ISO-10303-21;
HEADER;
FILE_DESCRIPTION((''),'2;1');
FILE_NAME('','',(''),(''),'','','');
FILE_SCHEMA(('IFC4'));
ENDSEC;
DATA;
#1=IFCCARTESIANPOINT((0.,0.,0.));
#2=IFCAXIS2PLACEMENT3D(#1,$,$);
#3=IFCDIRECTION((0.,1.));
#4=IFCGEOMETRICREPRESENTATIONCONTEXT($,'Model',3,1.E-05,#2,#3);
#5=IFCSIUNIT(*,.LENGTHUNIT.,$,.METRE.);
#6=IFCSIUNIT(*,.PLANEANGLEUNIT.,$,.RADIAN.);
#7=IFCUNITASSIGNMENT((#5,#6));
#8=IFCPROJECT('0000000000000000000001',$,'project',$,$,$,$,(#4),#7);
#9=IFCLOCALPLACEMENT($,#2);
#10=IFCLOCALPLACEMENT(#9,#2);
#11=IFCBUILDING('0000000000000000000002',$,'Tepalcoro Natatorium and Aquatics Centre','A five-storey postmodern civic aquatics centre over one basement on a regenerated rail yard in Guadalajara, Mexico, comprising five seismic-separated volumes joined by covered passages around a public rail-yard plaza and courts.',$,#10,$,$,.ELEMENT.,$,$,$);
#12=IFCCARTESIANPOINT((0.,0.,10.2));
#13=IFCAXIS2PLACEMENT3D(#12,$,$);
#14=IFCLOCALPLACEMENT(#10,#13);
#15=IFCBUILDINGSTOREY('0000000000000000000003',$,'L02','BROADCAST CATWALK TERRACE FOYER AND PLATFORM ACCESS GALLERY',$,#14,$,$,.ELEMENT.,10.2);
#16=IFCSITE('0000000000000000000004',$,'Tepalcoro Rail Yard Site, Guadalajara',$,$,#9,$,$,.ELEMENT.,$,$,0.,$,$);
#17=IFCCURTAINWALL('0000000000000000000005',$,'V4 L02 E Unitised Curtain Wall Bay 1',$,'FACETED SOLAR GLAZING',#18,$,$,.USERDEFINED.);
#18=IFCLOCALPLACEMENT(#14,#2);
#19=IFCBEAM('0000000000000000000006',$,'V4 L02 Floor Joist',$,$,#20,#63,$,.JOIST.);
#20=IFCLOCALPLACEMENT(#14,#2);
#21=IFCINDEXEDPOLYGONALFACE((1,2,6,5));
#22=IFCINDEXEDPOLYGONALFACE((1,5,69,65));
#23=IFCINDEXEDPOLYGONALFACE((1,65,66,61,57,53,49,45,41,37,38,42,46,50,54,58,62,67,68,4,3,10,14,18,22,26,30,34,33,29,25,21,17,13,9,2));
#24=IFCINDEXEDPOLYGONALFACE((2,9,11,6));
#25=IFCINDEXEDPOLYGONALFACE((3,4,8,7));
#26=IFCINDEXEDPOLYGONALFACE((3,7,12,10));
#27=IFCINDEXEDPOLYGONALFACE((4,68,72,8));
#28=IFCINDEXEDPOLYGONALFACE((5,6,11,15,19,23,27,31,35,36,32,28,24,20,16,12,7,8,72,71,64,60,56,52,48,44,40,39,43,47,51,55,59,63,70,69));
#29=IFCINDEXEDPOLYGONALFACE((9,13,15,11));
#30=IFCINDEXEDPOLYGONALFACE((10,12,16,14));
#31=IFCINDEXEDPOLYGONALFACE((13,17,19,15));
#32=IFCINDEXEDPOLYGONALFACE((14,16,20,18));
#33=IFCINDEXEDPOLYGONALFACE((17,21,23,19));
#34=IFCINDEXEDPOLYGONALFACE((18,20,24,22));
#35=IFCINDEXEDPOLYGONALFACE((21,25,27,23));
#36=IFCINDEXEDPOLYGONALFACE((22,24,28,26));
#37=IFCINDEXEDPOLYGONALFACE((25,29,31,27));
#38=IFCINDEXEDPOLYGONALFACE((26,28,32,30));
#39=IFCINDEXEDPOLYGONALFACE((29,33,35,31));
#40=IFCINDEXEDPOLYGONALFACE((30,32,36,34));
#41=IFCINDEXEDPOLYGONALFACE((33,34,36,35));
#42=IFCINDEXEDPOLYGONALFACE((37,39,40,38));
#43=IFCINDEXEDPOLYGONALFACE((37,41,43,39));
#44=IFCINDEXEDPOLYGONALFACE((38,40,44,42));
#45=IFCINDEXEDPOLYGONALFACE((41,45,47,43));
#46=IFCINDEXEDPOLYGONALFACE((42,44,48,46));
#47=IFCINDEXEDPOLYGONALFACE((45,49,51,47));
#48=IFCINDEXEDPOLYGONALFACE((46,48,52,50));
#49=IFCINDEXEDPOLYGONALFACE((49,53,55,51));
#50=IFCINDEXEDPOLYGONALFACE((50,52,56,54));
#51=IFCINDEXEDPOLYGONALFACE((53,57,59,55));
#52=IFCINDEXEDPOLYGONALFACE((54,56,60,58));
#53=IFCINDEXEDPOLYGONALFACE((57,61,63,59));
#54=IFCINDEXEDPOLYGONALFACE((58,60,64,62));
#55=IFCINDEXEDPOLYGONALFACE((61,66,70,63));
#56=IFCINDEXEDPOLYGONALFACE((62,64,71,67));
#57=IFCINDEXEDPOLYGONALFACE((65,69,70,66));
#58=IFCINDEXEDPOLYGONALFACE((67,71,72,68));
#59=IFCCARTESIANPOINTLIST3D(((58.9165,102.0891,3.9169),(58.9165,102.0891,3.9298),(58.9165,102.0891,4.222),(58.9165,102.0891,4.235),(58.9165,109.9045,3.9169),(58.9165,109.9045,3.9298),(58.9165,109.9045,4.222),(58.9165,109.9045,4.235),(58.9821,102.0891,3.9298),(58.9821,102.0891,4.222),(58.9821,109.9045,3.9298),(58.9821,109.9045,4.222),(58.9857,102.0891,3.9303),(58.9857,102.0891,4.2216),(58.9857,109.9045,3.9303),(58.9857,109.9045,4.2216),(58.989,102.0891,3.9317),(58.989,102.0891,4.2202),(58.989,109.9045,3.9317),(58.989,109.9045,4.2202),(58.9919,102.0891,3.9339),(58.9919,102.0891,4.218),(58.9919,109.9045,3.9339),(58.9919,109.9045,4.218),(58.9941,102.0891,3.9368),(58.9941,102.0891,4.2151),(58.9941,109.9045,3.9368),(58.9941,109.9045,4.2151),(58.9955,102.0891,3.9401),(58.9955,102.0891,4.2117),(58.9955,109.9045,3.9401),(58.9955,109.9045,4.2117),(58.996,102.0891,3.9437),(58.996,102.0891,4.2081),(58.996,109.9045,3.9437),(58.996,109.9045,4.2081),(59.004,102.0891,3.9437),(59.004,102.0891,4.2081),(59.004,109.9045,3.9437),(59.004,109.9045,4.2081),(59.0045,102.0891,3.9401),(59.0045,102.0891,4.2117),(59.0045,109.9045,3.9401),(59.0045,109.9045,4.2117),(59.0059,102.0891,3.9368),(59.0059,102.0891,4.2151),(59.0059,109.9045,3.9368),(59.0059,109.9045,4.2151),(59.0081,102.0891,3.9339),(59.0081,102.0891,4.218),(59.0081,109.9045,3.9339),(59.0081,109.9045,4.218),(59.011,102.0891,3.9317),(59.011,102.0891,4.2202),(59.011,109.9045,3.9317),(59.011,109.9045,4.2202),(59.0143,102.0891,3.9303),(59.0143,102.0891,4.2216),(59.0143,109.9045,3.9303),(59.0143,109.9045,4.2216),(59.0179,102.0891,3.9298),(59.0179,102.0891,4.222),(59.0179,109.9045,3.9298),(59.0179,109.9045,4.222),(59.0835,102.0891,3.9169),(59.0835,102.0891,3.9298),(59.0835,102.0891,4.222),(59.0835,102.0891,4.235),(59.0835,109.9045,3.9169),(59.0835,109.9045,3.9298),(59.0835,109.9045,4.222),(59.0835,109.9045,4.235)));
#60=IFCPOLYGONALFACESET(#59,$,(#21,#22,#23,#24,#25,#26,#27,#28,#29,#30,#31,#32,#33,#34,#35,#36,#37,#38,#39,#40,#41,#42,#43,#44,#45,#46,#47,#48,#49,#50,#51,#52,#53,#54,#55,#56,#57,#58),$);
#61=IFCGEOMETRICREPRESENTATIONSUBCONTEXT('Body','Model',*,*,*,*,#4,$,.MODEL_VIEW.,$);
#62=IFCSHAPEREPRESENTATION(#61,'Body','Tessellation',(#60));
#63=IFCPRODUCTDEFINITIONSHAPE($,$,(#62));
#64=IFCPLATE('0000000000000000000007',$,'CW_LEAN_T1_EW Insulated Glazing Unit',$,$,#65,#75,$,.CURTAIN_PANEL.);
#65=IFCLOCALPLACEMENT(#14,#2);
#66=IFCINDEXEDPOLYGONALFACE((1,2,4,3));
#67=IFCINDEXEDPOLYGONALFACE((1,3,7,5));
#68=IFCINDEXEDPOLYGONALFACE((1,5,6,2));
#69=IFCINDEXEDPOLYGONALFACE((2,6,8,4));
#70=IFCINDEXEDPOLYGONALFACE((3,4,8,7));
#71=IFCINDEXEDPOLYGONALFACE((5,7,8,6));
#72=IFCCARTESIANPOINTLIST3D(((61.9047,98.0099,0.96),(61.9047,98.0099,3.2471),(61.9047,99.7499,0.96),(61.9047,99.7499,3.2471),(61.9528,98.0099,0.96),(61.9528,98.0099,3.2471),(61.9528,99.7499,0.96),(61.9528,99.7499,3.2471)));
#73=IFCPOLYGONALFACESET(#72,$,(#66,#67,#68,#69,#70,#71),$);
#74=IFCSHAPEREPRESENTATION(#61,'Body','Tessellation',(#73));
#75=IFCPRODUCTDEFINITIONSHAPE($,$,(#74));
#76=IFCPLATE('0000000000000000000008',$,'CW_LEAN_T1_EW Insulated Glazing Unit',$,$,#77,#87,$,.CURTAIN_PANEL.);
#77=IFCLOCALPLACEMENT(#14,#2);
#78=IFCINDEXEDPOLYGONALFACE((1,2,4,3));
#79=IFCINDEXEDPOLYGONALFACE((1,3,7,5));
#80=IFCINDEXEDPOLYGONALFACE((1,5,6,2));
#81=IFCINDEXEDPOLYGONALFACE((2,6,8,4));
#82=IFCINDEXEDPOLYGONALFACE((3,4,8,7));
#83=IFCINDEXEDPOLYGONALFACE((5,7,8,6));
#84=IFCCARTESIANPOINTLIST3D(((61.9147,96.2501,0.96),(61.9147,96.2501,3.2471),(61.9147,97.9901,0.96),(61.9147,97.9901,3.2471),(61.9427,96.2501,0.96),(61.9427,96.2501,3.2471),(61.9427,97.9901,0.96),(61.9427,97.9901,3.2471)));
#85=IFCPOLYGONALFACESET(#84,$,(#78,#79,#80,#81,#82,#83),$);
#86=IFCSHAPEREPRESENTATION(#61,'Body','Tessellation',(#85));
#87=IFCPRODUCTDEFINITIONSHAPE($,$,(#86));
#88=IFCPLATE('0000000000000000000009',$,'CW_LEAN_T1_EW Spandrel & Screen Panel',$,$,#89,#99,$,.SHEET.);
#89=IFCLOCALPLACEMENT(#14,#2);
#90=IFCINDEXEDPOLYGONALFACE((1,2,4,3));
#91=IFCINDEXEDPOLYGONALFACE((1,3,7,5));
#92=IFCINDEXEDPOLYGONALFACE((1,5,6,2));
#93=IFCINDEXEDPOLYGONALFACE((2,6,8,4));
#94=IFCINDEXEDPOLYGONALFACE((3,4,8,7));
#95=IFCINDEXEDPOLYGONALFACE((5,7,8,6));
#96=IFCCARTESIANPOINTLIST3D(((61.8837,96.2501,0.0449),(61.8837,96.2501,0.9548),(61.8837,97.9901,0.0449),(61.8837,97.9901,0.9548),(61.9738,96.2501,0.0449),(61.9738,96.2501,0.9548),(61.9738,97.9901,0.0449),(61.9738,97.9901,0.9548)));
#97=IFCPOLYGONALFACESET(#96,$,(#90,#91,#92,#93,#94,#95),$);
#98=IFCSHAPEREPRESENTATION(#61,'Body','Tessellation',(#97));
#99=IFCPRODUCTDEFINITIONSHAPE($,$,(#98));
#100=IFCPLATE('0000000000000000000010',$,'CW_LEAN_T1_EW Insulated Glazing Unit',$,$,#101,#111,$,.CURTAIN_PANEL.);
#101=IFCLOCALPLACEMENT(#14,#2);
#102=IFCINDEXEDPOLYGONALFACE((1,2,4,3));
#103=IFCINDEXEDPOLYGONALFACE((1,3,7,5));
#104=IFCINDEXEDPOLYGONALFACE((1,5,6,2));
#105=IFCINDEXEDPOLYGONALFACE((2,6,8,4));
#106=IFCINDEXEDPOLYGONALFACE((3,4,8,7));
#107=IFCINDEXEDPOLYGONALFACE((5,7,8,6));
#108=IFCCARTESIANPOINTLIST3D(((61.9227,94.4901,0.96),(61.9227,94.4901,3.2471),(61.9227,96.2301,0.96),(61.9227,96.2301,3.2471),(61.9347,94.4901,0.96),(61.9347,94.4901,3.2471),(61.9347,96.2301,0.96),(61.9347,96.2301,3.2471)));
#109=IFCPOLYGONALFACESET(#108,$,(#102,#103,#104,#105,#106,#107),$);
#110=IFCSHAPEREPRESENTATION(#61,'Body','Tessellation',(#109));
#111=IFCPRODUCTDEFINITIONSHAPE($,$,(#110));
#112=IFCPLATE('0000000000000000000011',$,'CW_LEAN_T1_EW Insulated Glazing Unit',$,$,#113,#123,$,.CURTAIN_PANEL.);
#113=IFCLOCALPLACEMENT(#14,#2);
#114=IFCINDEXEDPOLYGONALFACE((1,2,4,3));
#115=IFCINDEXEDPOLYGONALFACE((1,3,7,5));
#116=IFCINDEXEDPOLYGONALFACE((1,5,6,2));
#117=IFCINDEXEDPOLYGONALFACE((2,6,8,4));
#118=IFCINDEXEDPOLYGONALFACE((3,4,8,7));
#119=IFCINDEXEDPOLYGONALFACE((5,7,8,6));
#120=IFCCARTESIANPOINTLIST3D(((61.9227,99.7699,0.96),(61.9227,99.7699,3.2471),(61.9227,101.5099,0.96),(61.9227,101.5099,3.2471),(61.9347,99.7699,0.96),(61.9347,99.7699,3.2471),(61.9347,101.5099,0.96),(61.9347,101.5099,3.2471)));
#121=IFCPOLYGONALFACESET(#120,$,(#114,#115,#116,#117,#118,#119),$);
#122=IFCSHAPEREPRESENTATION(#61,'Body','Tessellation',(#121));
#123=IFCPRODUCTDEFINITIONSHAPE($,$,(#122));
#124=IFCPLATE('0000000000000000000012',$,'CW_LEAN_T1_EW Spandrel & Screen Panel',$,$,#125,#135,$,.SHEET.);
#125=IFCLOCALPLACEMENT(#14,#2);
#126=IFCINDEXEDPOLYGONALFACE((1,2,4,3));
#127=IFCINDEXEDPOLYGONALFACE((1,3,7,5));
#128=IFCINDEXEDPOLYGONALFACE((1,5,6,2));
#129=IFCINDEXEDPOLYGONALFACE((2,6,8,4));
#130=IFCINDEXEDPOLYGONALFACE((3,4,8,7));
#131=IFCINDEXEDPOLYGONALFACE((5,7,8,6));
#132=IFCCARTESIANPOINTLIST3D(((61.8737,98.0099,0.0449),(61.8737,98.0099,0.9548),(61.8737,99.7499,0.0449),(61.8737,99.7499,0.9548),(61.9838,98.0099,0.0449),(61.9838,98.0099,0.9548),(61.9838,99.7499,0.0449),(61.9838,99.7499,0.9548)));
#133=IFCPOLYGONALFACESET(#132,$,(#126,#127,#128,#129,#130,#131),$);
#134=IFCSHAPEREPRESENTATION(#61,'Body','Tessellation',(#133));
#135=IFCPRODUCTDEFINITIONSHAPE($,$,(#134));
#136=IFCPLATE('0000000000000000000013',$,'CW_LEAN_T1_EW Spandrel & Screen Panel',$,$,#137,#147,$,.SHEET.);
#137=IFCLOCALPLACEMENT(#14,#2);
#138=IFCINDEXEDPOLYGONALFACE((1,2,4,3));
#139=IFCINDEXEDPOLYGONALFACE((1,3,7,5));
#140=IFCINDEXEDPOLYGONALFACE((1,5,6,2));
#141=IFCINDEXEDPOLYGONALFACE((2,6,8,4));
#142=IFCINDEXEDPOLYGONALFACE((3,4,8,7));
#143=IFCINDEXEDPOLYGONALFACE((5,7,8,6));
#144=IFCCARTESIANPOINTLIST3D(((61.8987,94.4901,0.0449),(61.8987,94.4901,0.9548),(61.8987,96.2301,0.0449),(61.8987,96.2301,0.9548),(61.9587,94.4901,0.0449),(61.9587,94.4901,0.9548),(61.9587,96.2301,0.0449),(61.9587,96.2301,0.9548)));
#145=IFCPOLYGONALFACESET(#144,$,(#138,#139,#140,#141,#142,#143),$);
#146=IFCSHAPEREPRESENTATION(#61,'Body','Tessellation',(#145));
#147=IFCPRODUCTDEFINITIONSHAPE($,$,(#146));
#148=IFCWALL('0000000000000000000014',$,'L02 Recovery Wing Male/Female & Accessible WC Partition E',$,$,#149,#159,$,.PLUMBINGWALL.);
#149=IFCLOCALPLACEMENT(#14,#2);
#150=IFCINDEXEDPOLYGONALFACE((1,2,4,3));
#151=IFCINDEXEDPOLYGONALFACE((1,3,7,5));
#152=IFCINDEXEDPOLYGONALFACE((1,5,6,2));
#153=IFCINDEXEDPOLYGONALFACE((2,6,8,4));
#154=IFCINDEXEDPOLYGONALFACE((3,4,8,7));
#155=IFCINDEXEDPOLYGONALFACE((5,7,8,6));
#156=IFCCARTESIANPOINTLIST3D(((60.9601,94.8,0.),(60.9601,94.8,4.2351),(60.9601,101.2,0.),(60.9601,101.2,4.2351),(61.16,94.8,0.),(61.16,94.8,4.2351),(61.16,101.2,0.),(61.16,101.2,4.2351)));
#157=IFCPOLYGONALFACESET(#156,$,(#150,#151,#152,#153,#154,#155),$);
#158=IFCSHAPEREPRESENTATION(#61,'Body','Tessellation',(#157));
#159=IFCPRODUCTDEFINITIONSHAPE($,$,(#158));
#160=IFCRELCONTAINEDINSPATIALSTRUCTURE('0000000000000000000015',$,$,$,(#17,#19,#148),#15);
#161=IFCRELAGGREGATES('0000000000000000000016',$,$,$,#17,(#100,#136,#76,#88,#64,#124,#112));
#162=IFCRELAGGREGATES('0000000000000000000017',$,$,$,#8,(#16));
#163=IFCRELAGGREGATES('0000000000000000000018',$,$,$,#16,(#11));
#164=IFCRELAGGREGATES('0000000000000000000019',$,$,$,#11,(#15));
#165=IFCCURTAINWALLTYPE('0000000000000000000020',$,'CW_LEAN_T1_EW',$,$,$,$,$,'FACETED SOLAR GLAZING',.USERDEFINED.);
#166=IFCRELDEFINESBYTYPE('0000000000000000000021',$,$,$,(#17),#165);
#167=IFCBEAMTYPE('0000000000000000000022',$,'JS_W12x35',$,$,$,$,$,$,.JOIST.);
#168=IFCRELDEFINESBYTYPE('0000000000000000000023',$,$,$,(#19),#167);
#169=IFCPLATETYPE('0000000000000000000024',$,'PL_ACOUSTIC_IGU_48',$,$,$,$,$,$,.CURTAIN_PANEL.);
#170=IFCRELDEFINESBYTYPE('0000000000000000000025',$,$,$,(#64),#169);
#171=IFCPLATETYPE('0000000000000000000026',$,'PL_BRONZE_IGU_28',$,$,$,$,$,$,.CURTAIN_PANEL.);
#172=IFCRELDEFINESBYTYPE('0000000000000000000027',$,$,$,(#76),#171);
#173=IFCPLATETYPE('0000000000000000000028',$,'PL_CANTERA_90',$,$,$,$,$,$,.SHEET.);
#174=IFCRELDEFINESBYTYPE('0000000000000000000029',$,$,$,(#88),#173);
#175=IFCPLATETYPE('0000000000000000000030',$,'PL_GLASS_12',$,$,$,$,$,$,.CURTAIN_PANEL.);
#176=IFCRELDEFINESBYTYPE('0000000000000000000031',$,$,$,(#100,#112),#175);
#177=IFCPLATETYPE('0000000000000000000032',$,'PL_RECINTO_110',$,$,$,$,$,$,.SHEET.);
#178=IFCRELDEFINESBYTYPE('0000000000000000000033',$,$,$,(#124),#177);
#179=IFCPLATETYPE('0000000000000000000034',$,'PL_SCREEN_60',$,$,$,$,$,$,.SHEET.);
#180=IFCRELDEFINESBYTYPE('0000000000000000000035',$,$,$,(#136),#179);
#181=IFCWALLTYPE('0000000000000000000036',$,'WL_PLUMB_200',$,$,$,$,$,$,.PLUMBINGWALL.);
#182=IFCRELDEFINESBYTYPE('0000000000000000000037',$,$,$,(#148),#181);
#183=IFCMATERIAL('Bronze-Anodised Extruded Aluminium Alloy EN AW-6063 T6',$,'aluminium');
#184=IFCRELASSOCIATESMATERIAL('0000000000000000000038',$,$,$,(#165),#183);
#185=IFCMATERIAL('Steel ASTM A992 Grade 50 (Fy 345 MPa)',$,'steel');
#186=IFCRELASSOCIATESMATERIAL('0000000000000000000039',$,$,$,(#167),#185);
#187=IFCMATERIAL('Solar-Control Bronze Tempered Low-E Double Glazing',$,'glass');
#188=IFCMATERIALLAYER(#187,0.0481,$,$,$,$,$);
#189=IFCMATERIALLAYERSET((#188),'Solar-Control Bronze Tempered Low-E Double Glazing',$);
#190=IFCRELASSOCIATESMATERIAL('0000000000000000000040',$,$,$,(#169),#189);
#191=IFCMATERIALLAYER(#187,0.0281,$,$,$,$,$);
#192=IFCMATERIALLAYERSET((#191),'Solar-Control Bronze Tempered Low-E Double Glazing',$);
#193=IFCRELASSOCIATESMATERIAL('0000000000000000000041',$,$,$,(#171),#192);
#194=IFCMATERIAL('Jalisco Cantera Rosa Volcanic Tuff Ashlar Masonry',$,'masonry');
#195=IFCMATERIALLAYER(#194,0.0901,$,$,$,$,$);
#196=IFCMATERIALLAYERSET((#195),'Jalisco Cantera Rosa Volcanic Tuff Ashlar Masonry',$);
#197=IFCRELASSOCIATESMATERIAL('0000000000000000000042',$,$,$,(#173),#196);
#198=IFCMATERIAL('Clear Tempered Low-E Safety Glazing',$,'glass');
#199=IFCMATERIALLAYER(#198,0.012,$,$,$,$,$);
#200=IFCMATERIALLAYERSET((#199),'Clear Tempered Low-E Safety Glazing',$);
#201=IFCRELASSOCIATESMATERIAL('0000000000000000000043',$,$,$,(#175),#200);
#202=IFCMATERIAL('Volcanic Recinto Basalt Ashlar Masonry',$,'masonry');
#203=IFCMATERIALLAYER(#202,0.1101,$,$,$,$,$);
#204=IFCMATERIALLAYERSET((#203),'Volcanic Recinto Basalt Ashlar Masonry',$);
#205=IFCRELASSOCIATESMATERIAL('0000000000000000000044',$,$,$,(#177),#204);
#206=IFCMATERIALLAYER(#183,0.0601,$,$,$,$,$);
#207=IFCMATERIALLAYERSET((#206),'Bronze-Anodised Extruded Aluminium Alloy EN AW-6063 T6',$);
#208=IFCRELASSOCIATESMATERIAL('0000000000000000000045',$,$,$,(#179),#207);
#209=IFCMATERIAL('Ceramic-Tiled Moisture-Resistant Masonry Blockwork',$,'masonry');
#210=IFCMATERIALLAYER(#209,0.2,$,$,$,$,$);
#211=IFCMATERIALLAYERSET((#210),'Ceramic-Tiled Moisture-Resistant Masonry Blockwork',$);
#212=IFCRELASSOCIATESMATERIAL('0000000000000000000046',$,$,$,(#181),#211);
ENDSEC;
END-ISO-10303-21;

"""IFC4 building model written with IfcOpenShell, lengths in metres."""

from ifc_helpers import new_model, si_unit, direction, frame, frame_2d, origin, origin_2d, place, context, subcontext, project, spatial, rectangle, i_section, extrude, material, layer, layer_set, material_profile, profile_set, type_object, element, aggregate, save


model = new_model("IFC4")

# Units and contexts
model_context = context("Model", 3, precision=1e-05, world=origin(), true_north=direction((0.0, 1.0)))
body_context = subcontext(model_context, "Body", "Model", "MODEL_VIEW")
ifc_project = project(units=[si_unit("LENGTHUNIT", "METRE"), si_unit("PLANEANGLEUNIT", "RADIAN")], contexts=[model_context])

# Site, building, storey
site_placement = place(None, origin())
site = spatial("IfcSite", under=ifc_project, at=site_placement, Name="Tepalcoro Rail Yard Site, Guadalajara", CompositionType="ELEMENT", RefElevation=0.0)
building_placement = place(site_placement, origin())
building = spatial("IfcBuilding", under=site, at=building_placement, Name="Tepalcoro Natatorium and Aquatics Centre", Description="A five-storey postmodern civic aquatics centre over one basement on a regenerated rail yard in Guadalajara, Mexico, comprising five seismic-separated volumes joined by covered passages around a public rail-yard plaza and courts.", CompositionType="ELEMENT")
storey_placement = place(building_placement, frame((0.0, 0.0, 10.2)))
storey = spatial("IfcBuildingStorey", under=building, at=storey_placement, Name="L02", Description="BROADCAST CATWALK TERRACE FOYER AND PLATFORM ACCESS GALLERY", CompositionType="ELEMENT", Elevation=10.2)

# Curtain wall
ifc_material_1 = material(Name="Bronze-Anodised Extruded Aluminium Alloy EN AW-6063 T6", Category="aluminium")
curtain_wall_type = type_object("IfcCurtainWallType", Name="CW_LEAN_T1_EW", ElementType="FACETED SOLAR GLAZING", PredefinedType="USERDEFINED", material=ifc_material_1)
curtain_wall_placement = place(storey_placement, origin())
curtain_wall = element("IfcCurtainWall", 1, at=curtain_wall_placement, inside=storey, type_object=curtain_wall_type, Name="V4 L02 E Unitised Curtain Wall Bay 1", ObjectType="FACETED SOLAR GLAZING", PredefinedType="USERDEFINED")

# Beam
ifc_material_2 = material(Name="Steel ASTM A992 Grade 50 (Fy 345 MPa)", Category="steel")
ifc_material_profile_1 = material_profile(ifc_material_2, i_section(OverallWidth=0.167, OverallDepth=0.3181, WebThickness=0.0081, FlangeThickness=0.0129, FilletRadius=0.0139, at=origin_2d()), Name="W12X35")
ifc_profile_set_1 = profile_set([ifc_material_profile_1], Name="Steel ASTM A992 Grade 50 (Fy 345 MPa)")
beam_type_1 = type_object("IfcBeamType", Name="JS_W12x35", PredefinedType="JOIST", material=ifc_profile_set_1)
beam_1_placement = place(storey_placement, frame((59.0, 102.0891, 4.0759), z_axis=(0.0, 1.0, 0.0), x_axis=(-1.0, 0.0, 0.0)))
element("IfcBeam", 2, at=beam_1_placement, inside=storey, type_object=beam_type_1, Name="V4 L02 Floor Joist", PredefinedType="JOIST", context=body_context, shape_type="SweptSolid", body=[
    extrude(i_section(OverallWidth=0.167, OverallDepth=0.3181, WebThickness=0.0081, FlangeThickness=0.0129, FilletRadius=0.0139, at=origin_2d()), origin(), (0.0, 0.0, 1.0), 7.8154),
])

# Plates
ifc_material_3 = material(Name="Solar-Control Bronze Tempered Low-E Double Glazing", Category="glass")
ifc_layer_1 = layer(ifc_material_3, 0.0481)
ifc_layer_set_1 = layer_set([ifc_layer_1], Name="Solar-Control Bronze Tempered Low-E Double Glazing")
plate_type_1 = type_object("IfcPlateType", Name="PL_ACOUSTIC_IGU_48", PredefinedType="CURTAIN_PANEL", material=ifc_layer_set_1)
plate_1_placement = place(storey_placement, frame((61.9287, 98.8799, 0.96), z_axis=(0.0, 0.0, 1.0), x_axis=(1.0, 0.0, 0.0)))
plate_1 = element("IfcPlate", 3, at=plate_1_placement, type_object=plate_type_1, Name="CW_LEAN_T1_EW Insulated Glazing Unit", PredefinedType="CURTAIN_PANEL", context=body_context, shape_type="SweptSolid", body=[
    extrude(rectangle(XDim=0.0481, YDim=1.74, at=origin_2d()), origin(), (0.0, 0.0, 1.0), 2.2871),
])
ifc_layer_2 = layer(ifc_material_3, 0.0281)
ifc_layer_set_2 = layer_set([ifc_layer_2], Name="Solar-Control Bronze Tempered Low-E Double Glazing")
plate_type_2 = type_object("IfcPlateType", Name="PL_BRONZE_IGU_28", PredefinedType="CURTAIN_PANEL", material=ifc_layer_set_2)
plate_2_placement = place(storey_placement, frame((61.9287, 97.1201, 0.96), z_axis=(0.0, 0.0, 1.0), x_axis=(1.0, 0.0, 0.0)))
plate_2 = element("IfcPlate", 4, at=plate_2_placement, type_object=plate_type_2, Name="CW_LEAN_T1_EW Insulated Glazing Unit", PredefinedType="CURTAIN_PANEL", context=body_context, shape_type="SweptSolid", body=[
    extrude(rectangle(XDim=0.0281, YDim=1.74, at=origin_2d()), origin(), (0.0, 0.0, 1.0), 2.2871),
])
ifc_material_4 = material(Name="Jalisco Cantera Rosa Volcanic Tuff Ashlar Masonry", Category="masonry")
ifc_layer_3 = layer(ifc_material_4, 0.0901)
ifc_layer_set_3 = layer_set([ifc_layer_3], Name="Jalisco Cantera Rosa Volcanic Tuff Ashlar Masonry")
plate_type_3 = type_object("IfcPlateType", Name="PL_CANTERA_90", PredefinedType="SHEET", material=ifc_layer_set_3)
plate_3_placement = place(storey_placement, frame((61.9287, 97.1201, 0.0449), z_axis=(0.0, 0.0, 1.0), x_axis=(1.0, 0.0, 0.0)))
plate_3 = element("IfcPlate", 5, at=plate_3_placement, type_object=plate_type_3, Name="CW_LEAN_T1_EW Spandrel & Screen Panel", PredefinedType="SHEET", context=body_context, shape_type="SweptSolid", body=[
    extrude(rectangle(XDim=0.0901, YDim=1.74, at=origin_2d()), origin(), (0.0, 0.0, 1.0), 0.9099),
])
ifc_material_5 = material(Name="Clear Tempered Low-E Safety Glazing", Category="glass")
ifc_layer_4 = layer(ifc_material_5, 0.012)
ifc_layer_set_4 = layer_set([ifc_layer_4], Name="Clear Tempered Low-E Safety Glazing")
plate_type_4 = type_object("IfcPlateType", Name="PL_GLASS_12", PredefinedType="CURTAIN_PANEL", material=ifc_layer_set_4)
plate_4_placement = place(storey_placement, frame((61.9287, 95.3601, 0.96), z_axis=(0.0, 0.0, 1.0), x_axis=(1.0, 0.0, 0.0)))
plate_4 = element("IfcPlate", 6, at=plate_4_placement, type_object=plate_type_4, Name="CW_LEAN_T1_EW Insulated Glazing Unit", PredefinedType="CURTAIN_PANEL", context=body_context, shape_type="SweptSolid", body=[
    extrude(rectangle(XDim=0.012, YDim=1.74, at=origin_2d()), origin(), (0.0, 0.0, 1.0), 2.2871),
])
plate_5_placement = place(storey_placement, frame((61.9287, 100.6399, 0.96), z_axis=(0.0, 0.0, 1.0), x_axis=(1.0, 0.0, 0.0)))
plate_5 = element("IfcPlate", 7, at=plate_5_placement, type_object=plate_type_4, Name="CW_LEAN_T1_EW Insulated Glazing Unit", PredefinedType="CURTAIN_PANEL", context=body_context, shape_type="SweptSolid", body=[
    extrude(rectangle(XDim=0.012, YDim=1.74, at=origin_2d()), origin(), (0.0, 0.0, 1.0), 2.2871),
])
ifc_material_6 = material(Name="Volcanic Recinto Basalt Ashlar Masonry", Category="masonry")
ifc_layer_5 = layer(ifc_material_6, 0.1101)
ifc_layer_set_5 = layer_set([ifc_layer_5], Name="Volcanic Recinto Basalt Ashlar Masonry")
plate_type_5 = type_object("IfcPlateType", Name="PL_RECINTO_110", PredefinedType="SHEET", material=ifc_layer_set_5)
plate_6_placement = place(storey_placement, frame((61.9287, 98.8799, 0.0449), z_axis=(0.0, 0.0, 1.0), x_axis=(1.0, 0.0, 0.0)))
plate_6 = element("IfcPlate", 8, at=plate_6_placement, type_object=plate_type_5, Name="CW_LEAN_T1_EW Spandrel & Screen Panel", PredefinedType="SHEET", context=body_context, shape_type="SweptSolid", body=[
    extrude(rectangle(XDim=0.1101, YDim=1.74, at=origin_2d()), origin(), (0.0, 0.0, 1.0), 0.9099),
])
ifc_layer_6 = layer(ifc_material_1, 0.0601)
ifc_layer_set_6 = layer_set([ifc_layer_6], Name="Bronze-Anodised Extruded Aluminium Alloy EN AW-6063 T6")
plate_type_6 = type_object("IfcPlateType", Name="PL_SCREEN_60", PredefinedType="SHEET", material=ifc_layer_set_6)
plate_7_placement = place(storey_placement, frame((61.9287, 95.3601, 0.0449), z_axis=(0.0, 0.0, 1.0), x_axis=(1.0, 0.0, 0.0)))
plate_7 = element("IfcPlate", 9, at=plate_7_placement, type_object=plate_type_6, Name="CW_LEAN_T1_EW Spandrel & Screen Panel", PredefinedType="SHEET", context=body_context, shape_type="SweptSolid", body=[
    extrude(rectangle(XDim=0.0601, YDim=1.74, at=origin_2d()), origin(), (0.0, 0.0, 1.0), 0.9099),
])
aggregate(curtain_wall, [plate_4, plate_7, plate_2, plate_3, plate_1, plate_6, plate_5])

# Wall
ifc_material_7 = material(Name="Ceramic-Tiled Moisture-Resistant Masonry Blockwork", Category="masonry")
ifc_layer_7 = layer(ifc_material_7, 0.2)
ifc_layer_set_7 = layer_set([ifc_layer_7], Name="Ceramic-Tiled Moisture-Resistant Masonry Blockwork")
wall_type_1 = type_object("IfcWallType", Name="WL_PLUMB_200", PredefinedType="PLUMBINGWALL", material=ifc_layer_set_7)
wall_1_placement = place(storey_placement, frame((61.0601, 94.8, 0.0), z_axis=(0.0, 0.0, 1.0), x_axis=(0.0, 1.0, 0.0)))
element("IfcWall", 10, at=wall_1_placement, inside=storey, type_object=wall_type_1, Name="L02 Recovery Wing Male/Female & Accessible WC Partition E", PredefinedType="PLUMBINGWALL", context=body_context, shape_type="SweptSolid", body=[
    extrude(rectangle(XDim=6.3999, YDim=0.2, at=frame_2d((3.2, 0.0))), origin(), (0.0, 0.0, 1.0), 4.2351),
])

save(model, "model.ifc")
